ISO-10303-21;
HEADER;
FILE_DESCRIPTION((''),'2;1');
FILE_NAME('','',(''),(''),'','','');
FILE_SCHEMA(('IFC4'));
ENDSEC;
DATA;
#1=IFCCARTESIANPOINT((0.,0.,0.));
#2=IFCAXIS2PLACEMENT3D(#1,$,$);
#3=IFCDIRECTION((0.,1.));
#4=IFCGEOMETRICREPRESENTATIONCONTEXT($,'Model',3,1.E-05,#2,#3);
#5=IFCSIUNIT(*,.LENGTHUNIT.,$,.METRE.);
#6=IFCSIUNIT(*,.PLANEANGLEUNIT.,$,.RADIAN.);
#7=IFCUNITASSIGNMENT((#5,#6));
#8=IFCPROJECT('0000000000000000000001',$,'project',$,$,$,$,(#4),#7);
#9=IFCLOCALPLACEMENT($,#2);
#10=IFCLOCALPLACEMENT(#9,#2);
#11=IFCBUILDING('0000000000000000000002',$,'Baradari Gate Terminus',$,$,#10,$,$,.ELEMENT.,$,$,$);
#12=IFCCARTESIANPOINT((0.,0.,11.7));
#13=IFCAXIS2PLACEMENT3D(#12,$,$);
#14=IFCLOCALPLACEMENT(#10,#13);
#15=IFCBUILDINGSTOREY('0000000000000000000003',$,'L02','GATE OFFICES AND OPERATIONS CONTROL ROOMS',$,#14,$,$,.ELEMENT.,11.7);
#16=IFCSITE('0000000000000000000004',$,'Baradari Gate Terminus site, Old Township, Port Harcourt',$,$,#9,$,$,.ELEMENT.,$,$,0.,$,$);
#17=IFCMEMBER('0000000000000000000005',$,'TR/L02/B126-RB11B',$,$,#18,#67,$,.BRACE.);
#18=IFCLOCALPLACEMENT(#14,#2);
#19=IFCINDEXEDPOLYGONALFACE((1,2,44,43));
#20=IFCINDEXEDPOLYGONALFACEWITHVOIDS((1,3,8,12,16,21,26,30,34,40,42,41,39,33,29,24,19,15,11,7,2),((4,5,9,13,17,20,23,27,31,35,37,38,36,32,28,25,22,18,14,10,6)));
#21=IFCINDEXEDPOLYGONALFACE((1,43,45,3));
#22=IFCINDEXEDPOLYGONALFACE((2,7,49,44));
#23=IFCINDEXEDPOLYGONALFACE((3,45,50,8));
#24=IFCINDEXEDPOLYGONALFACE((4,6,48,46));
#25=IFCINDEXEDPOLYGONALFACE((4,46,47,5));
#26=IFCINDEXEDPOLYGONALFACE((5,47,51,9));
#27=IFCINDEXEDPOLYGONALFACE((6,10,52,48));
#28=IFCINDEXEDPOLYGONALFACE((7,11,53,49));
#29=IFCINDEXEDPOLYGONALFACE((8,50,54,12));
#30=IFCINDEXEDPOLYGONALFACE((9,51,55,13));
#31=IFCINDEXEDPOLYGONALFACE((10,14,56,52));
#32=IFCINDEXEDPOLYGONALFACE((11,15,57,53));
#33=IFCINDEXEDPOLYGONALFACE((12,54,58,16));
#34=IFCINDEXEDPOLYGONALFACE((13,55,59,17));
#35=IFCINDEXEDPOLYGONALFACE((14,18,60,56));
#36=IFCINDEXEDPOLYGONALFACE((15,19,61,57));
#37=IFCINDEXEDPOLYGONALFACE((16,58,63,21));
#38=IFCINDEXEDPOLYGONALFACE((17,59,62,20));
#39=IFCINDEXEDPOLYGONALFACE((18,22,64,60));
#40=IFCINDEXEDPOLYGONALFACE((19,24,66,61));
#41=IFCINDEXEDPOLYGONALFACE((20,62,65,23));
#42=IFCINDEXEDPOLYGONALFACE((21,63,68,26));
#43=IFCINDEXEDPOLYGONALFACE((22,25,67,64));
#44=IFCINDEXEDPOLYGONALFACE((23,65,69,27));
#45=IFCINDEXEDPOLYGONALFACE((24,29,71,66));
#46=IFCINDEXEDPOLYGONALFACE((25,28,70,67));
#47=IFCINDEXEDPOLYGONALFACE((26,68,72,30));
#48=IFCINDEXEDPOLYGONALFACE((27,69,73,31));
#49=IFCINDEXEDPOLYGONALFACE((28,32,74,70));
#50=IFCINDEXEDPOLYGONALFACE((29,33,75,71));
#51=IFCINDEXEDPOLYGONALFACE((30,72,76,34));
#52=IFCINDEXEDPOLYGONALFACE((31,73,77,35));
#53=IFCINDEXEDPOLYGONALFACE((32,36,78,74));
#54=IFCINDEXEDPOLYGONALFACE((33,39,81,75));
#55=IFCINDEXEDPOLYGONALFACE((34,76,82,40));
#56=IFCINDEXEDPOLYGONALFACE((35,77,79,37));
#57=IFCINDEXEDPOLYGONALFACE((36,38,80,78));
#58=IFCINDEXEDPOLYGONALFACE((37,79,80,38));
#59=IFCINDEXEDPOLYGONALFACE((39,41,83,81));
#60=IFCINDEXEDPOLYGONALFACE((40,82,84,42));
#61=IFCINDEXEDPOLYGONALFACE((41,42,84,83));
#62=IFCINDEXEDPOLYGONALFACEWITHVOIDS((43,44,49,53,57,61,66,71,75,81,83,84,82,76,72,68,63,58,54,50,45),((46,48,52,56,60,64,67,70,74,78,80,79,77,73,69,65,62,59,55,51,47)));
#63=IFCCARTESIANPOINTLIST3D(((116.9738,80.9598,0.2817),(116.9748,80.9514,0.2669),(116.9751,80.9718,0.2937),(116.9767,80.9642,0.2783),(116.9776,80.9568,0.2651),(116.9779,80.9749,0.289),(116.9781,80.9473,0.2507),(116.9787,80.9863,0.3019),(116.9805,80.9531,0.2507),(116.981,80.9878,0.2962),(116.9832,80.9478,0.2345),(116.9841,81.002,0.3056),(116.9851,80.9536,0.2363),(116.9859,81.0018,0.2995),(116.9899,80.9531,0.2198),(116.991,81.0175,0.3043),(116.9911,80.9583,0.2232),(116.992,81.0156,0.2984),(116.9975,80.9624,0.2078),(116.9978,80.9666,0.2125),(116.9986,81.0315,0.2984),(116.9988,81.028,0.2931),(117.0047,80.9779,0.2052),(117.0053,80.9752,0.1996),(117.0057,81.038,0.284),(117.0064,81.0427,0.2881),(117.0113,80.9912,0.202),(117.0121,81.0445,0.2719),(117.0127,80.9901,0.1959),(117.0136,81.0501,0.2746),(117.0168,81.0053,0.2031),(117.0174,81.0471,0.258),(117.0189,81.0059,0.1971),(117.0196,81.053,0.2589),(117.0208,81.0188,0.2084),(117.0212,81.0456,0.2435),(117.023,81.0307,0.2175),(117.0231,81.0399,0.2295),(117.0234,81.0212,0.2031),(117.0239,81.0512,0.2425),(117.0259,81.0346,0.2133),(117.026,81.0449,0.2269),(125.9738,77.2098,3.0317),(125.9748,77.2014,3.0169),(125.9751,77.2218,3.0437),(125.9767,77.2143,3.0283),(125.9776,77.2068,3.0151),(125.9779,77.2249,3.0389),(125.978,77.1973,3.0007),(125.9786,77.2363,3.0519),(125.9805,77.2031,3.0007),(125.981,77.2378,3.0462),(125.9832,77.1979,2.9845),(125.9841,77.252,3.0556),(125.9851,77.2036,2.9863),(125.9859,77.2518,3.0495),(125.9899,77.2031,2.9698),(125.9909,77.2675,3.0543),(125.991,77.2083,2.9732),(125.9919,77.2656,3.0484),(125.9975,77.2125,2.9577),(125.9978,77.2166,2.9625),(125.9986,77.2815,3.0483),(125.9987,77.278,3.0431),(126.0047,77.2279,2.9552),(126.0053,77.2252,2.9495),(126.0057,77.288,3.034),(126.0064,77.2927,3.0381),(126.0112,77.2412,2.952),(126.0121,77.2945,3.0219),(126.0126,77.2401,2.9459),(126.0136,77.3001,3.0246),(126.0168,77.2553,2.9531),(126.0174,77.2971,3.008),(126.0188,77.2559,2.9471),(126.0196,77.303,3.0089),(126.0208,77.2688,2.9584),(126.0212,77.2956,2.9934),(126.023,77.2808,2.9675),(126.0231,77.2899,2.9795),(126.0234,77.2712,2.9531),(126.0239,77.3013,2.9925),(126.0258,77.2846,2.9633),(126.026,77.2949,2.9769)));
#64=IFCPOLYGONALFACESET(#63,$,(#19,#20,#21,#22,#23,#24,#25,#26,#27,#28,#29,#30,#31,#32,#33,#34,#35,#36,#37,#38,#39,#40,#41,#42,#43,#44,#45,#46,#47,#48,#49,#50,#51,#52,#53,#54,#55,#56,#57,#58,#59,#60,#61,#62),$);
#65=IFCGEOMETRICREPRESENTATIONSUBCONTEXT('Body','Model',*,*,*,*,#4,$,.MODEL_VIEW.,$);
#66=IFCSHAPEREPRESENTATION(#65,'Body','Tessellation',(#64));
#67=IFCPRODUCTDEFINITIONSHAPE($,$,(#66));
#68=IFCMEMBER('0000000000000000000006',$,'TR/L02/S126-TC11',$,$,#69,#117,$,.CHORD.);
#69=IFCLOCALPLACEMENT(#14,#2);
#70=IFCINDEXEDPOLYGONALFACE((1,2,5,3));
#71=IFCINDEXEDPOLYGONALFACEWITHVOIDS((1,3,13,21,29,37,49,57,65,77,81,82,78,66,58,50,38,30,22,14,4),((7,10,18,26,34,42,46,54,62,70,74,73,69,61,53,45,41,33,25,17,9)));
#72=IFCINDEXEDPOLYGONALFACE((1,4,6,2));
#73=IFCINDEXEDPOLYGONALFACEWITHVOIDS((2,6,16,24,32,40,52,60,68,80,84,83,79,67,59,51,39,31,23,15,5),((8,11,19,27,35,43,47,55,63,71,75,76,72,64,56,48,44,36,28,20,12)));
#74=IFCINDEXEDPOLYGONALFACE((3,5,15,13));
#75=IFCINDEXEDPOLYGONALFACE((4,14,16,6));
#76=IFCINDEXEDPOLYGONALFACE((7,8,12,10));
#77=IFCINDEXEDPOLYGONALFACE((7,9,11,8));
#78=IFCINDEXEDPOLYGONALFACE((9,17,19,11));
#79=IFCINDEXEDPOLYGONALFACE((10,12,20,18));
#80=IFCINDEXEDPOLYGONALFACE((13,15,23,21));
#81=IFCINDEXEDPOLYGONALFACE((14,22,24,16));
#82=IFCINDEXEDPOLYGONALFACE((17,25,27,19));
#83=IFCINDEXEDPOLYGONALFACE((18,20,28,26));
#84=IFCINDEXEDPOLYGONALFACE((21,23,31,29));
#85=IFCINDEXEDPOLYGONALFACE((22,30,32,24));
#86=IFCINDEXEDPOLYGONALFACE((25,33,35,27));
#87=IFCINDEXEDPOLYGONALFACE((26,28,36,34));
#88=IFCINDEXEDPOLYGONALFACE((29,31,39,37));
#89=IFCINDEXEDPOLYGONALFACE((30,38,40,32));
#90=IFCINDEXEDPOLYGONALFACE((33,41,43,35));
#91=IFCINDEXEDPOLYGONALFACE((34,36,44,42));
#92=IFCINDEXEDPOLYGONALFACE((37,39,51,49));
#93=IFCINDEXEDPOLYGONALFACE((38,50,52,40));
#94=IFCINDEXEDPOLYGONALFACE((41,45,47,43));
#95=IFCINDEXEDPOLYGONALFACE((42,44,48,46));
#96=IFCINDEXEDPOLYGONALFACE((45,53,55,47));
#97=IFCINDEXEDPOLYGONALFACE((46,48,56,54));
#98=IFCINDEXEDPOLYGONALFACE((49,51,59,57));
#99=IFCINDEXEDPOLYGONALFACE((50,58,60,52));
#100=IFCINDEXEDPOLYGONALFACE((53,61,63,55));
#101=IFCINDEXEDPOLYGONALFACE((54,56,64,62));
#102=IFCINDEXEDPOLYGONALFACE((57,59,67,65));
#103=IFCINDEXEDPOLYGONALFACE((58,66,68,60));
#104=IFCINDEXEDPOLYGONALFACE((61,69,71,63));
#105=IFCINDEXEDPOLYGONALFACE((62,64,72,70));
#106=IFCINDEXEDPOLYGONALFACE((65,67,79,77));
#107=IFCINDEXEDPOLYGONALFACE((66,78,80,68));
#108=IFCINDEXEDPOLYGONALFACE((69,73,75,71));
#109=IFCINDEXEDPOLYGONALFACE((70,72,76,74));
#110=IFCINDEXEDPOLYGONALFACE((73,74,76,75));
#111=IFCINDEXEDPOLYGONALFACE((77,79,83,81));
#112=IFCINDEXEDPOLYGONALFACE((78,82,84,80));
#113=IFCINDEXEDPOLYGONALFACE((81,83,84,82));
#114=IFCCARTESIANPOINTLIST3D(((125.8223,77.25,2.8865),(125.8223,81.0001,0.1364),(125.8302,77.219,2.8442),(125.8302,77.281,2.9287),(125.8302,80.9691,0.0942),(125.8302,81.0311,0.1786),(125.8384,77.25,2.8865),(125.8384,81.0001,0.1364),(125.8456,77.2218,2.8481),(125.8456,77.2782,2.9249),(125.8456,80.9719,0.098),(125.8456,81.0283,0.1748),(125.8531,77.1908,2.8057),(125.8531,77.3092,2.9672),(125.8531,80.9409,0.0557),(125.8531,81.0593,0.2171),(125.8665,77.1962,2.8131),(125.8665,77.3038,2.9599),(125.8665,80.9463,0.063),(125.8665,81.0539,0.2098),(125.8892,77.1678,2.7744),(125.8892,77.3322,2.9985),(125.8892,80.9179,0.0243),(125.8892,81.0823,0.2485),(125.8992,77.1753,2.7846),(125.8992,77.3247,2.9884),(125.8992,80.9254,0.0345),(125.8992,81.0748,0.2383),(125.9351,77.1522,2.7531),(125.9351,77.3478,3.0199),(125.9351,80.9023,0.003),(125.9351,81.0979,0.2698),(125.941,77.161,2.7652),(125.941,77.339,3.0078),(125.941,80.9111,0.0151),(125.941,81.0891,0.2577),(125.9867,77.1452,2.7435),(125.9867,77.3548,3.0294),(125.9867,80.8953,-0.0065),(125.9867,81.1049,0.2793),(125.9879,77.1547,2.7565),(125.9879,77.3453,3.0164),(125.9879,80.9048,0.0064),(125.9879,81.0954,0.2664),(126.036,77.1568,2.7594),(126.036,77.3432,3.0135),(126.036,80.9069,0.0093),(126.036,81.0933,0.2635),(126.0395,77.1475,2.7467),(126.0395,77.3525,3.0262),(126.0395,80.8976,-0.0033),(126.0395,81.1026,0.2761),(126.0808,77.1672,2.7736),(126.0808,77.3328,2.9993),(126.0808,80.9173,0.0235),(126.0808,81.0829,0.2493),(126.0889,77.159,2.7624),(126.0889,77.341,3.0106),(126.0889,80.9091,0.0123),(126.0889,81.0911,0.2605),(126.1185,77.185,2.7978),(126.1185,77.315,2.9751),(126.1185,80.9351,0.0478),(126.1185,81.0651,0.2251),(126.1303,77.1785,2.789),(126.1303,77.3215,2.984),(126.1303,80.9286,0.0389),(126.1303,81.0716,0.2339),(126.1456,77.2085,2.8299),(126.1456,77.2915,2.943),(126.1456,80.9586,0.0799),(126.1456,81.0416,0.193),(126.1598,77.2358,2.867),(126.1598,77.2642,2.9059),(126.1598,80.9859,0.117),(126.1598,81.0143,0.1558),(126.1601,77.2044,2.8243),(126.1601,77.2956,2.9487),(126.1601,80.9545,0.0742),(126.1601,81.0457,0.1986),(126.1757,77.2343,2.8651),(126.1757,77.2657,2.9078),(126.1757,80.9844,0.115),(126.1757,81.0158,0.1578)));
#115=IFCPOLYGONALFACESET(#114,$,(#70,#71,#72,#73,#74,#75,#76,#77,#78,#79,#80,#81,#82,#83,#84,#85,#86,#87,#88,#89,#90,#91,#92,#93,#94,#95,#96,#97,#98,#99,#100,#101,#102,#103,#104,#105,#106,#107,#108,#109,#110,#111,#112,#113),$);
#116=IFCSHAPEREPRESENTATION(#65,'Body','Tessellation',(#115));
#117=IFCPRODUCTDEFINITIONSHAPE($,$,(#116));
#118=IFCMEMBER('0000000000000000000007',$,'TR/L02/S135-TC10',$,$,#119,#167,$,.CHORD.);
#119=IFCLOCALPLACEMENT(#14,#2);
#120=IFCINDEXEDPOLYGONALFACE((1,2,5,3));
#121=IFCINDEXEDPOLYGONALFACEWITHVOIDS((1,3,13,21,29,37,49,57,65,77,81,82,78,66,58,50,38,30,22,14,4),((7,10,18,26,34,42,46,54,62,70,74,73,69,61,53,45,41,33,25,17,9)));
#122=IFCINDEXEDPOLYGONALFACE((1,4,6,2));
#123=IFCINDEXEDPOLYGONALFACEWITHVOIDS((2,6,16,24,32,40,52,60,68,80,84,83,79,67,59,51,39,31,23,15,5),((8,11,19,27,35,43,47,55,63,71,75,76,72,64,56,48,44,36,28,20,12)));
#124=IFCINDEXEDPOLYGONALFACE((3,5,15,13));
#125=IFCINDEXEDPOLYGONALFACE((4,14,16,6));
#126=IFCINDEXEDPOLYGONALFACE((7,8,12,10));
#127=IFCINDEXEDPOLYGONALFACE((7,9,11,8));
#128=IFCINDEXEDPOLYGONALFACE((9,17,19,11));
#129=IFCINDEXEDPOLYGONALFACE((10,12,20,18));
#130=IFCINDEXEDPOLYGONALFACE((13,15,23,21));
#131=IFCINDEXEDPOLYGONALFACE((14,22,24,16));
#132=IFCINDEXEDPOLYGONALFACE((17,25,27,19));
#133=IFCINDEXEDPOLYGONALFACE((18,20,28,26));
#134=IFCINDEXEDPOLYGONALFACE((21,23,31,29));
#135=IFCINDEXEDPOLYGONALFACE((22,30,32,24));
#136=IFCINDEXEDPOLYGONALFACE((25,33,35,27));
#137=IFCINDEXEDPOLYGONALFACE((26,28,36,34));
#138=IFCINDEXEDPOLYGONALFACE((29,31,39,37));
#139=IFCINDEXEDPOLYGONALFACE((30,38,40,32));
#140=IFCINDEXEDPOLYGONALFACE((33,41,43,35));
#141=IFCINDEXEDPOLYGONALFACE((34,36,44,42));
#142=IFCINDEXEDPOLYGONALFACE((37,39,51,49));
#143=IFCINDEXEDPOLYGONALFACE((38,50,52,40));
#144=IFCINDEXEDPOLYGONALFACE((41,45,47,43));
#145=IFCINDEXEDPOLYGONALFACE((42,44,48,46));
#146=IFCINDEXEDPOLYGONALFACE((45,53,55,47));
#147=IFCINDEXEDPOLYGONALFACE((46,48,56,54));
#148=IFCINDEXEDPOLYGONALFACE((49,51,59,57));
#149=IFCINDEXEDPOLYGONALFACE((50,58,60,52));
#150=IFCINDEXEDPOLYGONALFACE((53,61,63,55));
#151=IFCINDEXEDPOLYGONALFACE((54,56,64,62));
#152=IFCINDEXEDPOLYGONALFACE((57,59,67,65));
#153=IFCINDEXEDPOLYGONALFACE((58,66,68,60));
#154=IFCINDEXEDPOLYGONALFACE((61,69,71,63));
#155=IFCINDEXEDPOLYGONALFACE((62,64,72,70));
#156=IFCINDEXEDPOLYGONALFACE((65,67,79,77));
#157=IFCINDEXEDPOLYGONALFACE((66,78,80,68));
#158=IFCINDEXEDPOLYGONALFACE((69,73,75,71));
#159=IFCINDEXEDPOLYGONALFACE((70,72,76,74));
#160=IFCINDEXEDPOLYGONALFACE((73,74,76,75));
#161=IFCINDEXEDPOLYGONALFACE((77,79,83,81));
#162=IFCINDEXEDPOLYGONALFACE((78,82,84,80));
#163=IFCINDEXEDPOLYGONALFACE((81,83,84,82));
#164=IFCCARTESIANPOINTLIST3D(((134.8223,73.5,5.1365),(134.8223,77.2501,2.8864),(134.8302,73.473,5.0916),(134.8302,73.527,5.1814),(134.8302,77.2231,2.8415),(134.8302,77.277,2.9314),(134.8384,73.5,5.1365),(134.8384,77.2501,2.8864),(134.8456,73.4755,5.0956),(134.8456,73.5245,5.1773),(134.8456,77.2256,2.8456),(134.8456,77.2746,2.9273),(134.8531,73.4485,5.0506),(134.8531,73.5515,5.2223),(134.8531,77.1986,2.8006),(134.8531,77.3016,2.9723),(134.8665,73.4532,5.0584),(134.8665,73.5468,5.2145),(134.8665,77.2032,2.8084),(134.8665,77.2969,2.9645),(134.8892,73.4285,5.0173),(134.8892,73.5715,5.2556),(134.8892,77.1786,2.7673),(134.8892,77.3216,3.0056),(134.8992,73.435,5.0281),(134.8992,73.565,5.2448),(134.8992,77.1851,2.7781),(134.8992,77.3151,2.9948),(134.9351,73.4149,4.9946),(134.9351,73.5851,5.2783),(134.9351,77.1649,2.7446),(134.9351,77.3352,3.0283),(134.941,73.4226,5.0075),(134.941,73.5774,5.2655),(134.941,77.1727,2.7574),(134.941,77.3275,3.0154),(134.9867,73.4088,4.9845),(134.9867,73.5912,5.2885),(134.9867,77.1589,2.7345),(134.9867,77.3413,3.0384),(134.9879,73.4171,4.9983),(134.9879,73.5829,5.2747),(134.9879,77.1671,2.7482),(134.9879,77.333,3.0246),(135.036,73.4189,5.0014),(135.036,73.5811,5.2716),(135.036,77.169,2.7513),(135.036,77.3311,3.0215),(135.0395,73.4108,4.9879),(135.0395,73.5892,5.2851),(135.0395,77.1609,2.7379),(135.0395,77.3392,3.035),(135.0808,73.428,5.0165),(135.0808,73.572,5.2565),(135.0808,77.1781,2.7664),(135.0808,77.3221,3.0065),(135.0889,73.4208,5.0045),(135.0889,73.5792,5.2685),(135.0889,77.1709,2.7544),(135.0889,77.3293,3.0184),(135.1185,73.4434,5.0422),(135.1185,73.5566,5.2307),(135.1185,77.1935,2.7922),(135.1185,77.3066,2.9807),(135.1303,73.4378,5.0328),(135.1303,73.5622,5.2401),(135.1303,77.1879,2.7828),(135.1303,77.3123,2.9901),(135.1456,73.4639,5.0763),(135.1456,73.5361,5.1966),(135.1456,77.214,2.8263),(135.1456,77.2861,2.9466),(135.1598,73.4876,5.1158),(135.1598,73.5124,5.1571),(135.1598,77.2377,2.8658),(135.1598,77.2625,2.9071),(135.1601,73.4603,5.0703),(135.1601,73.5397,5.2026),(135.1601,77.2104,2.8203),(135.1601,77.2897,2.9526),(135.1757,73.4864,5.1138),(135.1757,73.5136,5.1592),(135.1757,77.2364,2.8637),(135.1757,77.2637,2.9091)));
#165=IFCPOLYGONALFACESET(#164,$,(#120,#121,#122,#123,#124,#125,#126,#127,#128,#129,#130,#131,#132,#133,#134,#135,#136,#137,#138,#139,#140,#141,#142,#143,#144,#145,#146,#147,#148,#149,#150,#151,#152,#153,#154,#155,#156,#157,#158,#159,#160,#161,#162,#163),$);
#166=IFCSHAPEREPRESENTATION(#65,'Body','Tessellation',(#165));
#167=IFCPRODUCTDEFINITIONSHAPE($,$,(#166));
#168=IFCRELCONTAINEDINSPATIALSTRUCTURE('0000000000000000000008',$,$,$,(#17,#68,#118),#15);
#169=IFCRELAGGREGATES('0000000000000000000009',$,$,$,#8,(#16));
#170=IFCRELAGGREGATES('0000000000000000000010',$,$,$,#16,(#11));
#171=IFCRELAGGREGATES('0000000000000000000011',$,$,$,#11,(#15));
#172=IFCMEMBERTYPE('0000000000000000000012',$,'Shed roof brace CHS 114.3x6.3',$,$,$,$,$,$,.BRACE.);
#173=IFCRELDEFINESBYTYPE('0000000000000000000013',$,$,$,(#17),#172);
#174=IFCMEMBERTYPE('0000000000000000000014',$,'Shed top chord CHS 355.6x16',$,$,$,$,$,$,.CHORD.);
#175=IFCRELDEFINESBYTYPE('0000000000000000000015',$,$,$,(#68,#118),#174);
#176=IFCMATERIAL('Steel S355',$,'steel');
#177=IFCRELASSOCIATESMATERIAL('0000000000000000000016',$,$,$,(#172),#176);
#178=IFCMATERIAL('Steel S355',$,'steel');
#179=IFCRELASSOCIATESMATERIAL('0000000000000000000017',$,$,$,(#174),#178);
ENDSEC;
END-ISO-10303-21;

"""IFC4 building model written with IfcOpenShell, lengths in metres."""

from ifc_helpers import new_model, si_unit, direction, frame, origin, origin_2d, place, context, subcontext, project, spatial, hollow_circle, extrude, material, material_profile, profile_set, type_object, element, save


model = new_model("IFC4")

# Units and contexts
model_context = context("Model", 3, precision=1e-05, world=origin(), true_north=direction((0.0, 1.0)))
body_context = subcontext(model_context, "Body", "Model", "MODEL_VIEW")
ifc_project = project(units=[si_unit("LENGTHUNIT", "METRE"), si_unit("PLANEANGLEUNIT", "RADIAN")], contexts=[model_context])

# Site, building, storey
site_placement = place(None, origin())
site = spatial("IfcSite", under=ifc_project, at=site_placement, Name="Baradari Gate Terminus site, Old Township, Port Harcourt", CompositionType="ELEMENT", RefElevation=0.0)
building_placement = place(site_placement, origin())
building = spatial("IfcBuilding", under=site, at=building_placement, Name="Baradari Gate Terminus", CompositionType="ELEMENT")
storey_placement = place(building_placement, frame((0.0, 0.0, 11.7)))
storey = spatial("IfcBuildingStorey", under=building, at=storey_placement, Name="L02", Description="GATE OFFICES AND OPERATIONS CONTROL ROOMS", CompositionType="ELEMENT", Elevation=11.7)

# Members
ifc_material_1 = material(Name="Steel S355", Category="steel")
ifc_material_profile_1 = material_profile(ifc_material_1, hollow_circle(Radius=0.0571, WallThickness=0.0063, at=origin_2d()), Name="CHS 114.3x6.3")
ifc_profile_set_1 = profile_set([ifc_material_profile_1], Name="Steel S355")
member_type_1 = type_object("IfcMemberType", Name="Shed roof brace CHS 114.3x6.3", PredefinedType="BRACE", material=ifc_profile_set_1)
member_1_placement = place(storey_placement, frame((126.0, 77.25, 3.0007), z_axis=(-0.888415, 0.370173, -0.27146), x_axis=(-0.384615, -0.923077, 0.0)))
element("IfcMember", 1, at=member_1_placement, inside=storey, type_object=member_type_1, Name="TR/L02/B126-RB11B", PredefinedType="BRACE", context=body_context, shape_type="SweptSolid", body=[
    extrude(hollow_circle(Radius=0.0571, WallThickness=0.0063, at=origin_2d()), origin(), (0.0, 0.0, 1.0), 10.1304),
])
ifc_material_2 = material(Name="Steel S355", Category="steel")
ifc_material_profile_2 = material_profile(ifc_material_2, hollow_circle(Radius=0.1777, WallThickness=0.0161, at=origin_2d()), Name="CHS 355.6x16")
ifc_profile_set_2 = profile_set([ifc_material_profile_2], Name="Steel S355")
member_type_2 = type_object("IfcMemberType", Name="Shed top chord CHS 355.6x16", PredefinedType="CHORD", material=ifc_profile_set_2)
member_2_placement = place(storey_placement, frame((126.0, 77.25, 2.8865), z_axis=(0.0, 0.806405, -0.591364), x_axis=(-1.0, 0.0, 0.0)))
element("IfcMember", 2, at=member_2_placement, inside=storey, type_object=member_type_2, Name="TR/L02/S126-TC11", PredefinedType="CHORD", context=body_context, shape_type="SweptSolid", body=[
    extrude(hollow_circle(Radius=0.1777, WallThickness=0.0161, at=origin_2d()), origin(), (0.0, 0.0, 1.0), 4.6504),
])
member_3_placement = place(storey_placement, frame((135.0, 73.5, 5.1365), z_axis=(0.0, 0.857493, -0.514496), x_axis=(-1.0, 0.0, 0.0)))
element("IfcMember", 3, at=member_3_placement, inside=storey, type_object=member_type_2, Name="TR/L02/S135-TC10", PredefinedType="CHORD", context=body_context, shape_type="SweptSolid", body=[
    extrude(hollow_circle(Radius=0.1777, WallThickness=0.0161, at=origin_2d()), origin(), (0.0, 0.0, 1.0), 4.3733),
])

save(model, "model.ifc")
